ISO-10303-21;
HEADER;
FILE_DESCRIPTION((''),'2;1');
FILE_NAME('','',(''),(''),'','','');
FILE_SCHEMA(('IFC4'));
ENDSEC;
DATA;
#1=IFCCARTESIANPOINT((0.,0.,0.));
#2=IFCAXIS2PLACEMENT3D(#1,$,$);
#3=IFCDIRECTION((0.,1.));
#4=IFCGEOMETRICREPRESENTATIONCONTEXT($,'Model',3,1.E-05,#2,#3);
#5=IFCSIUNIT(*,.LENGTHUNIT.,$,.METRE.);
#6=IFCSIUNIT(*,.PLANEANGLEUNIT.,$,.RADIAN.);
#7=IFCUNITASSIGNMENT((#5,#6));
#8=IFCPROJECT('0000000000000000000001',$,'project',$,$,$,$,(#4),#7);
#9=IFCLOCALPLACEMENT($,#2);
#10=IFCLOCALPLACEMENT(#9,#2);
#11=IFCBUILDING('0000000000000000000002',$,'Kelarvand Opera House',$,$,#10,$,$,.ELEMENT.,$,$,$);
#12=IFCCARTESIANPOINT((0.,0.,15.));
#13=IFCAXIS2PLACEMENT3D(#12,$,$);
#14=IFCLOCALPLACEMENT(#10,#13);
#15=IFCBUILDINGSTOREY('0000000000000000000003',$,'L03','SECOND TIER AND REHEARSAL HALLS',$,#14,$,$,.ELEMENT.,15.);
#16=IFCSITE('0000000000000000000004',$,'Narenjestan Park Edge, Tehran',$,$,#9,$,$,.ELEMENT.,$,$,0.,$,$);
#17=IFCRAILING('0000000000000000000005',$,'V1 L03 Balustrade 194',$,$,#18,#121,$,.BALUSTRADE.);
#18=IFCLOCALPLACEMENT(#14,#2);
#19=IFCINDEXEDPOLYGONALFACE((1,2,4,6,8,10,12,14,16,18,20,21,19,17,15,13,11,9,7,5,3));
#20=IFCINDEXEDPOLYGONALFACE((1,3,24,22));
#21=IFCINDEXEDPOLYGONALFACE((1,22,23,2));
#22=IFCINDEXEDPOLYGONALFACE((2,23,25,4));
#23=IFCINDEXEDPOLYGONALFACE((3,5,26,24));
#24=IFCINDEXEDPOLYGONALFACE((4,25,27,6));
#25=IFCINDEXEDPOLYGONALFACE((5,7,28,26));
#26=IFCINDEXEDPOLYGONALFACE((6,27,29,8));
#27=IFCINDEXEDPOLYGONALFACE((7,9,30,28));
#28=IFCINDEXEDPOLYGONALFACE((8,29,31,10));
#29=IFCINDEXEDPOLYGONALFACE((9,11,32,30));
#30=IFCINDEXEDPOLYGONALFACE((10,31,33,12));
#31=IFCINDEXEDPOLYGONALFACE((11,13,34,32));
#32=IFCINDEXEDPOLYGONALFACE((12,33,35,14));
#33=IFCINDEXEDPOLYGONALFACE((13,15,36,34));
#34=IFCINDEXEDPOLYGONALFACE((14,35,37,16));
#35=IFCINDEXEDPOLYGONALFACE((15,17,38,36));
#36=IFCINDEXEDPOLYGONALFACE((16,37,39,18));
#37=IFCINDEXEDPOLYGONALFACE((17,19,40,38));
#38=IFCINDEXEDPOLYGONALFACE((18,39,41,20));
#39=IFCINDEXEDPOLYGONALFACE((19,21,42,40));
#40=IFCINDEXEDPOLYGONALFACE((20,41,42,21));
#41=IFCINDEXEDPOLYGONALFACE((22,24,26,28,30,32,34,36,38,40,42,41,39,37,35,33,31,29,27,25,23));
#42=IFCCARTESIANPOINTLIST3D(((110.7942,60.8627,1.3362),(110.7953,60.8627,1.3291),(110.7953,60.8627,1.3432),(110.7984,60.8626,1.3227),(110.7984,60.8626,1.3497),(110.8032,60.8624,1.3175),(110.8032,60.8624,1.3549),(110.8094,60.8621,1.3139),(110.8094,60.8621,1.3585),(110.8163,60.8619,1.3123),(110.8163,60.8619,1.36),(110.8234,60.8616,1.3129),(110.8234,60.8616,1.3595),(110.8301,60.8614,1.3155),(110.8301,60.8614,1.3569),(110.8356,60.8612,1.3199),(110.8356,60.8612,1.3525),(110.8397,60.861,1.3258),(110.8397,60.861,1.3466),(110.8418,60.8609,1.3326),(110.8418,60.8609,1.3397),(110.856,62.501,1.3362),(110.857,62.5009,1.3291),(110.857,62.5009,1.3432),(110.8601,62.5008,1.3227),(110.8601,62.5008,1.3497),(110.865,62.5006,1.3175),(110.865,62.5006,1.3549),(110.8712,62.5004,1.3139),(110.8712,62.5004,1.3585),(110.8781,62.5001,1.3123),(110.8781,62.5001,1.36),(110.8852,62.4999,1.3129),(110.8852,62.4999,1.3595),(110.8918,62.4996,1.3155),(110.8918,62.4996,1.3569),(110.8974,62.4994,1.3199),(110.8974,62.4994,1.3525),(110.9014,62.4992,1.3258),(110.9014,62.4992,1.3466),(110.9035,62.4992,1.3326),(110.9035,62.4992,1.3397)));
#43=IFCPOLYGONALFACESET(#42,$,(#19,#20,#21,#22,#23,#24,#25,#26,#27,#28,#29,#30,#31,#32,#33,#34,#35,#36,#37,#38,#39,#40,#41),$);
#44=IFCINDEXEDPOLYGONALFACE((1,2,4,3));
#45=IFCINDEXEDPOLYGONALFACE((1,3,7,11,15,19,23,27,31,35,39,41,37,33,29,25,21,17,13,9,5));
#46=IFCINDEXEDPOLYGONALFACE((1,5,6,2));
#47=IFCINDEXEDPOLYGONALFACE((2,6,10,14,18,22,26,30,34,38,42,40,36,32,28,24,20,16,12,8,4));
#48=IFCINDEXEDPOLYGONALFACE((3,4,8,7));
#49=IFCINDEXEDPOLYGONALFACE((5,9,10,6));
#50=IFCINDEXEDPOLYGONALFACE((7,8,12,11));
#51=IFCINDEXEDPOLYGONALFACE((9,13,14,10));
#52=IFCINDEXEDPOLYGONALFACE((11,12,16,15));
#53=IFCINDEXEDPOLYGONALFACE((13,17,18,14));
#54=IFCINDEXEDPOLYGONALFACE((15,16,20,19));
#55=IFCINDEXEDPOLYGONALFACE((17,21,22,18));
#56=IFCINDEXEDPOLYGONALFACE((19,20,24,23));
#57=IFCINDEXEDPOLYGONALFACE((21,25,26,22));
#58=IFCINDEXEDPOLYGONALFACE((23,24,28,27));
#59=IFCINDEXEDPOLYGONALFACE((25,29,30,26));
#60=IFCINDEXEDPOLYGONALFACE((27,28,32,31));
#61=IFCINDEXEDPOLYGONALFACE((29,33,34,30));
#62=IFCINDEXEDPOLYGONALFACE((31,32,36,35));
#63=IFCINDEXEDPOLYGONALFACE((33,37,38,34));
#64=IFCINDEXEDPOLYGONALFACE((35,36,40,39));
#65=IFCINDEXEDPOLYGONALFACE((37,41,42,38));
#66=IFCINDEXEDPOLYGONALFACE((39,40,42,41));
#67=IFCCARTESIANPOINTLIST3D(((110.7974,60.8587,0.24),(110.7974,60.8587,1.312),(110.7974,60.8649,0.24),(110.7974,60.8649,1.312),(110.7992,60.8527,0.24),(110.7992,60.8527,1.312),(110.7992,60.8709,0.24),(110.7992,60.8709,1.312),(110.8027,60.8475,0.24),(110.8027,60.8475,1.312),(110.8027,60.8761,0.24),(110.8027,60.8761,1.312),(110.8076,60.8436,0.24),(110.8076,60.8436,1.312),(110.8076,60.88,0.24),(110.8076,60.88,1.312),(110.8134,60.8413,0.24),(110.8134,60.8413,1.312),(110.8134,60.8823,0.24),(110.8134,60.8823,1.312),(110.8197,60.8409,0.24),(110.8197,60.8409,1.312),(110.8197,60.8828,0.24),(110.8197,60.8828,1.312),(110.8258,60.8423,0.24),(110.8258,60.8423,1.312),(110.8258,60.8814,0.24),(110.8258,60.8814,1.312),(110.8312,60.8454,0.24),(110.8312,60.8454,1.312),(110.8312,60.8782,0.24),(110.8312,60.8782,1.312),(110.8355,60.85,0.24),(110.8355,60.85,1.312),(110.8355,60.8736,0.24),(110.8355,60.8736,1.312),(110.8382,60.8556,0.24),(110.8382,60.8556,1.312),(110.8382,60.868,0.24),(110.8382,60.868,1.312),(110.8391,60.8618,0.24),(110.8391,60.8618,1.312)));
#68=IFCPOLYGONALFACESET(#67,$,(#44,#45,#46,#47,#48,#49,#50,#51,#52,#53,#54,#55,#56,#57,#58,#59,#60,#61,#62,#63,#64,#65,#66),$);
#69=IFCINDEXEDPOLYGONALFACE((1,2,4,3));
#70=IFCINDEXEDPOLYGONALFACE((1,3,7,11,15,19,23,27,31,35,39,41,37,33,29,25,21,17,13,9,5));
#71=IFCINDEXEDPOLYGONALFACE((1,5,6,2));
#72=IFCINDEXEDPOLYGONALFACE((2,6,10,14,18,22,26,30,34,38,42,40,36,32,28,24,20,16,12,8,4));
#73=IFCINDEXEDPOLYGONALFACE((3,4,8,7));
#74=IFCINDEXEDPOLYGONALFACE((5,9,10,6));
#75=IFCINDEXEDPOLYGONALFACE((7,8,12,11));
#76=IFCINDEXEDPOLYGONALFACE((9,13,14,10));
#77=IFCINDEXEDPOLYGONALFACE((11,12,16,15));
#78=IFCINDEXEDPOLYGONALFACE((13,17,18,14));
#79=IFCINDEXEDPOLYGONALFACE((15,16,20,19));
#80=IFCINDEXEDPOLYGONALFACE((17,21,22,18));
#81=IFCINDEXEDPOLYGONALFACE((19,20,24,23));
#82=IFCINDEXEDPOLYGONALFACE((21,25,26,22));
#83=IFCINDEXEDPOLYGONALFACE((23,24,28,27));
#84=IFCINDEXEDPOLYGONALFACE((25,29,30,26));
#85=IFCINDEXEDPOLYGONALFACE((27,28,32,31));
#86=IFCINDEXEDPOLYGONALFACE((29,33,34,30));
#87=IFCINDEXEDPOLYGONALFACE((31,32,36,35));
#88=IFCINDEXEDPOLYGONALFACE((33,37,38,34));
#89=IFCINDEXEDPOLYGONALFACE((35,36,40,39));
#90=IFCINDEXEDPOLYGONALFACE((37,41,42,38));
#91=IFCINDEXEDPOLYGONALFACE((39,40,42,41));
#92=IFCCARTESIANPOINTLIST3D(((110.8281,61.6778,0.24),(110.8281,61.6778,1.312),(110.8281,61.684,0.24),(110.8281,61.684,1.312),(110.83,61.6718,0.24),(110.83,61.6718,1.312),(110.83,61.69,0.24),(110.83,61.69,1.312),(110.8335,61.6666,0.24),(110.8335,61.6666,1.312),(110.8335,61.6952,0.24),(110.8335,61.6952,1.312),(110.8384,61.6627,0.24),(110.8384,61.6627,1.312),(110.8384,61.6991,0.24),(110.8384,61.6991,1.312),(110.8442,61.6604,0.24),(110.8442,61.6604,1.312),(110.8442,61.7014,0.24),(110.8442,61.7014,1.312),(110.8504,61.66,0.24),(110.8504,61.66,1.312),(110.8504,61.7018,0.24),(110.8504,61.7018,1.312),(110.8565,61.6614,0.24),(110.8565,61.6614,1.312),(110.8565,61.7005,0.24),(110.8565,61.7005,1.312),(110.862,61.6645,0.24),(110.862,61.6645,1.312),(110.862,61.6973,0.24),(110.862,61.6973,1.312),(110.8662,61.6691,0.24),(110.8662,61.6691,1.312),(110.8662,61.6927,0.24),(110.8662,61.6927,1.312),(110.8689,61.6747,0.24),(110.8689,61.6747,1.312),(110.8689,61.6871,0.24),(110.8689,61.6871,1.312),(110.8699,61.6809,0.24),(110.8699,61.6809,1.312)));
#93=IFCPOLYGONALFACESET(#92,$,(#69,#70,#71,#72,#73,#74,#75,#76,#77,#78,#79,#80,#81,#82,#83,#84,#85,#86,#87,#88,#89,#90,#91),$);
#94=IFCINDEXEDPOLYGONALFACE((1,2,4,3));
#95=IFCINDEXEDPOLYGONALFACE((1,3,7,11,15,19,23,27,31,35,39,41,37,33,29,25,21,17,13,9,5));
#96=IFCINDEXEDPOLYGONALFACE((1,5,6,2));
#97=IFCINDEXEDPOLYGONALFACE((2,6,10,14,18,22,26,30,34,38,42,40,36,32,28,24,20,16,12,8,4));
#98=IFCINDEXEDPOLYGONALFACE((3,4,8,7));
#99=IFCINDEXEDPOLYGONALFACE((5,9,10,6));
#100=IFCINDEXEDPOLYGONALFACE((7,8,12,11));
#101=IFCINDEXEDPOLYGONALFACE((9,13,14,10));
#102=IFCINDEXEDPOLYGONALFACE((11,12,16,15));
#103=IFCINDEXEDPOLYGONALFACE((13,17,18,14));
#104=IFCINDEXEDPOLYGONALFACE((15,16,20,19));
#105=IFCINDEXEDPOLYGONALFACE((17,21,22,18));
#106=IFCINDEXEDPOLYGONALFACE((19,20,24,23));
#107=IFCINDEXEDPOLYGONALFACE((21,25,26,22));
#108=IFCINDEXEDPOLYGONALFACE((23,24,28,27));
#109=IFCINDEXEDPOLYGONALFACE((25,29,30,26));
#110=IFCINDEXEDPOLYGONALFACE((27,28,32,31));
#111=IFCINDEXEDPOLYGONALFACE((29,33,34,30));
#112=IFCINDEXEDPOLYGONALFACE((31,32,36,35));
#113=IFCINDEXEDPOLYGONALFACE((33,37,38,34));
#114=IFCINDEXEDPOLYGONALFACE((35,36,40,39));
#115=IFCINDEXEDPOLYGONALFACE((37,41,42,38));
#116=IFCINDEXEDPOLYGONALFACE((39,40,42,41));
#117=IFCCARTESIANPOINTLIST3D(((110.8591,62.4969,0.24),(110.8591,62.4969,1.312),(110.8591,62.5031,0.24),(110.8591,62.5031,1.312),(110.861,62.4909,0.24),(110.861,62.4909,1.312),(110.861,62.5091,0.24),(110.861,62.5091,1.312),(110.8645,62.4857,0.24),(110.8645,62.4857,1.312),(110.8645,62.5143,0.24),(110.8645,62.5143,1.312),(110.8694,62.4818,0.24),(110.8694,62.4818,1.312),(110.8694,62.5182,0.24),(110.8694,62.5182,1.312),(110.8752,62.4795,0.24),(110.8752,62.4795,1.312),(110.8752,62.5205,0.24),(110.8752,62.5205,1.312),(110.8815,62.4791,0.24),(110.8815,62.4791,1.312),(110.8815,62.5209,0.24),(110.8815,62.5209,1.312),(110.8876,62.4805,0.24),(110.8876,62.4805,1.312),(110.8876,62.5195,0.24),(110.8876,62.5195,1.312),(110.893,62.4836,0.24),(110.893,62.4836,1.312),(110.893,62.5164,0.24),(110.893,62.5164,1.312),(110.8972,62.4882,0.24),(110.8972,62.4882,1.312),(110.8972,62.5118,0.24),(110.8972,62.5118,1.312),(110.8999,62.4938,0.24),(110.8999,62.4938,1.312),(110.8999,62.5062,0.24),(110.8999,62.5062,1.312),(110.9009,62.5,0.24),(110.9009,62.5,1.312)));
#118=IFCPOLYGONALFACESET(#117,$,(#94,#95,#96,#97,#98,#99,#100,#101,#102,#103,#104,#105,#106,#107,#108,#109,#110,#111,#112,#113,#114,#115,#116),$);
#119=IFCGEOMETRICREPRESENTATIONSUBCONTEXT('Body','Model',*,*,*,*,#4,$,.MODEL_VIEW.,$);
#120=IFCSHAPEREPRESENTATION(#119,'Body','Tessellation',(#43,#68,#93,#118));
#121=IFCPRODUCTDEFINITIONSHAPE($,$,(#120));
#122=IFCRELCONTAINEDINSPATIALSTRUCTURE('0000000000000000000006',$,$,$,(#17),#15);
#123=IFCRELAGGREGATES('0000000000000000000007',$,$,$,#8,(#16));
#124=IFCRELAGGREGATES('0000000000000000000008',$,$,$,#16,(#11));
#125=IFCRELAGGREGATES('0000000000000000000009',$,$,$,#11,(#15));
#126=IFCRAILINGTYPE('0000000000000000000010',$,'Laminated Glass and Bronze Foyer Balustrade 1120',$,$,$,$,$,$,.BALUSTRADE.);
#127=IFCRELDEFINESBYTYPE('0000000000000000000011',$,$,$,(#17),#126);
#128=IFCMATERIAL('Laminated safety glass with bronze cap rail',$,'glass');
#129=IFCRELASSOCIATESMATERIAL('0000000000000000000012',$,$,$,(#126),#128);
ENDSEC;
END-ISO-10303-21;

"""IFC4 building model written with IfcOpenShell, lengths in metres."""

from ifc_helpers import new_model, si_unit, direction, frame, origin, origin_2d, place, context, subcontext, project, spatial, circle, extrude, material, type_object, element, save


model = new_model("IFC4")

# Units and contexts
model_context = context("Model", 3, precision=1e-05, world=origin(), true_north=direction((0.0, 1.0)))
body_context = subcontext(model_context, "Body", "Model", "MODEL_VIEW")
ifc_project = project(units=[si_unit("LENGTHUNIT", "METRE"), si_unit("PLANEANGLEUNIT", "RADIAN")], contexts=[model_context])

# Site, building, storey
site_placement = place(None, origin())
site = spatial("IfcSite", under=ifc_project, at=site_placement, Name="Narenjestan Park Edge, Tehran", CompositionType="ELEMENT", RefElevation=0.0)
building_placement = place(site_placement, origin())
building = spatial("IfcBuilding", under=site, at=building_placement, Name="Kelarvand Opera House", CompositionType="ELEMENT")
storey_placement = place(building_placement, frame((0.0, 0.0, 15.0)))
storey = spatial("IfcBuildingStorey", under=building, at=storey_placement, Name="L03", Description="SECOND TIER AND REHEARSAL HALLS", CompositionType="ELEMENT", Elevation=15.0)

# Railing
ifc_material_1 = material(Name="Laminated safety glass with bronze cap rail", Category="glass")
railing_type = type_object("IfcRailingType", Name="Laminated Glass and Bronze Foyer Balustrade 1120", PredefinedType="BALUSTRADE", material=ifc_material_1)
railing_1_placement = place(storey_placement, frame((110.8181, 60.8618, 0.24)))
element("IfcRailing", 1, at=railing_1_placement, inside=storey, type_object=railing_type, Name="V1 L03 Balustrade 194", PredefinedType="BALUSTRADE", context=body_context, shape_type="SweptSolid", body=[
    extrude(circle(Radius=0.0239, at=origin_2d()), frame((0.0, 0.0, 1.0962), z_axis=(0.037678, 0.99929, 0.0), x_axis=(-0.99929, 0.037678, 0.0)), (0.0, 0.0, 1.0), 1.6394),
    extrude(circle(Radius=0.021, at=origin_2d()), origin(), (0.0, 0.0, 1.0), 1.072),
    extrude(circle(Radius=0.021, at=origin_2d()), frame((0.0308, 0.8191, 0.0)), (0.0, 0.0, 1.0), 1.072),
    extrude(circle(Radius=0.021, at=origin_2d()), frame((0.0618, 1.6382, 0.0)), (0.0, 0.0, 1.0), 1.072),
])

save(model, "model.ifc")
